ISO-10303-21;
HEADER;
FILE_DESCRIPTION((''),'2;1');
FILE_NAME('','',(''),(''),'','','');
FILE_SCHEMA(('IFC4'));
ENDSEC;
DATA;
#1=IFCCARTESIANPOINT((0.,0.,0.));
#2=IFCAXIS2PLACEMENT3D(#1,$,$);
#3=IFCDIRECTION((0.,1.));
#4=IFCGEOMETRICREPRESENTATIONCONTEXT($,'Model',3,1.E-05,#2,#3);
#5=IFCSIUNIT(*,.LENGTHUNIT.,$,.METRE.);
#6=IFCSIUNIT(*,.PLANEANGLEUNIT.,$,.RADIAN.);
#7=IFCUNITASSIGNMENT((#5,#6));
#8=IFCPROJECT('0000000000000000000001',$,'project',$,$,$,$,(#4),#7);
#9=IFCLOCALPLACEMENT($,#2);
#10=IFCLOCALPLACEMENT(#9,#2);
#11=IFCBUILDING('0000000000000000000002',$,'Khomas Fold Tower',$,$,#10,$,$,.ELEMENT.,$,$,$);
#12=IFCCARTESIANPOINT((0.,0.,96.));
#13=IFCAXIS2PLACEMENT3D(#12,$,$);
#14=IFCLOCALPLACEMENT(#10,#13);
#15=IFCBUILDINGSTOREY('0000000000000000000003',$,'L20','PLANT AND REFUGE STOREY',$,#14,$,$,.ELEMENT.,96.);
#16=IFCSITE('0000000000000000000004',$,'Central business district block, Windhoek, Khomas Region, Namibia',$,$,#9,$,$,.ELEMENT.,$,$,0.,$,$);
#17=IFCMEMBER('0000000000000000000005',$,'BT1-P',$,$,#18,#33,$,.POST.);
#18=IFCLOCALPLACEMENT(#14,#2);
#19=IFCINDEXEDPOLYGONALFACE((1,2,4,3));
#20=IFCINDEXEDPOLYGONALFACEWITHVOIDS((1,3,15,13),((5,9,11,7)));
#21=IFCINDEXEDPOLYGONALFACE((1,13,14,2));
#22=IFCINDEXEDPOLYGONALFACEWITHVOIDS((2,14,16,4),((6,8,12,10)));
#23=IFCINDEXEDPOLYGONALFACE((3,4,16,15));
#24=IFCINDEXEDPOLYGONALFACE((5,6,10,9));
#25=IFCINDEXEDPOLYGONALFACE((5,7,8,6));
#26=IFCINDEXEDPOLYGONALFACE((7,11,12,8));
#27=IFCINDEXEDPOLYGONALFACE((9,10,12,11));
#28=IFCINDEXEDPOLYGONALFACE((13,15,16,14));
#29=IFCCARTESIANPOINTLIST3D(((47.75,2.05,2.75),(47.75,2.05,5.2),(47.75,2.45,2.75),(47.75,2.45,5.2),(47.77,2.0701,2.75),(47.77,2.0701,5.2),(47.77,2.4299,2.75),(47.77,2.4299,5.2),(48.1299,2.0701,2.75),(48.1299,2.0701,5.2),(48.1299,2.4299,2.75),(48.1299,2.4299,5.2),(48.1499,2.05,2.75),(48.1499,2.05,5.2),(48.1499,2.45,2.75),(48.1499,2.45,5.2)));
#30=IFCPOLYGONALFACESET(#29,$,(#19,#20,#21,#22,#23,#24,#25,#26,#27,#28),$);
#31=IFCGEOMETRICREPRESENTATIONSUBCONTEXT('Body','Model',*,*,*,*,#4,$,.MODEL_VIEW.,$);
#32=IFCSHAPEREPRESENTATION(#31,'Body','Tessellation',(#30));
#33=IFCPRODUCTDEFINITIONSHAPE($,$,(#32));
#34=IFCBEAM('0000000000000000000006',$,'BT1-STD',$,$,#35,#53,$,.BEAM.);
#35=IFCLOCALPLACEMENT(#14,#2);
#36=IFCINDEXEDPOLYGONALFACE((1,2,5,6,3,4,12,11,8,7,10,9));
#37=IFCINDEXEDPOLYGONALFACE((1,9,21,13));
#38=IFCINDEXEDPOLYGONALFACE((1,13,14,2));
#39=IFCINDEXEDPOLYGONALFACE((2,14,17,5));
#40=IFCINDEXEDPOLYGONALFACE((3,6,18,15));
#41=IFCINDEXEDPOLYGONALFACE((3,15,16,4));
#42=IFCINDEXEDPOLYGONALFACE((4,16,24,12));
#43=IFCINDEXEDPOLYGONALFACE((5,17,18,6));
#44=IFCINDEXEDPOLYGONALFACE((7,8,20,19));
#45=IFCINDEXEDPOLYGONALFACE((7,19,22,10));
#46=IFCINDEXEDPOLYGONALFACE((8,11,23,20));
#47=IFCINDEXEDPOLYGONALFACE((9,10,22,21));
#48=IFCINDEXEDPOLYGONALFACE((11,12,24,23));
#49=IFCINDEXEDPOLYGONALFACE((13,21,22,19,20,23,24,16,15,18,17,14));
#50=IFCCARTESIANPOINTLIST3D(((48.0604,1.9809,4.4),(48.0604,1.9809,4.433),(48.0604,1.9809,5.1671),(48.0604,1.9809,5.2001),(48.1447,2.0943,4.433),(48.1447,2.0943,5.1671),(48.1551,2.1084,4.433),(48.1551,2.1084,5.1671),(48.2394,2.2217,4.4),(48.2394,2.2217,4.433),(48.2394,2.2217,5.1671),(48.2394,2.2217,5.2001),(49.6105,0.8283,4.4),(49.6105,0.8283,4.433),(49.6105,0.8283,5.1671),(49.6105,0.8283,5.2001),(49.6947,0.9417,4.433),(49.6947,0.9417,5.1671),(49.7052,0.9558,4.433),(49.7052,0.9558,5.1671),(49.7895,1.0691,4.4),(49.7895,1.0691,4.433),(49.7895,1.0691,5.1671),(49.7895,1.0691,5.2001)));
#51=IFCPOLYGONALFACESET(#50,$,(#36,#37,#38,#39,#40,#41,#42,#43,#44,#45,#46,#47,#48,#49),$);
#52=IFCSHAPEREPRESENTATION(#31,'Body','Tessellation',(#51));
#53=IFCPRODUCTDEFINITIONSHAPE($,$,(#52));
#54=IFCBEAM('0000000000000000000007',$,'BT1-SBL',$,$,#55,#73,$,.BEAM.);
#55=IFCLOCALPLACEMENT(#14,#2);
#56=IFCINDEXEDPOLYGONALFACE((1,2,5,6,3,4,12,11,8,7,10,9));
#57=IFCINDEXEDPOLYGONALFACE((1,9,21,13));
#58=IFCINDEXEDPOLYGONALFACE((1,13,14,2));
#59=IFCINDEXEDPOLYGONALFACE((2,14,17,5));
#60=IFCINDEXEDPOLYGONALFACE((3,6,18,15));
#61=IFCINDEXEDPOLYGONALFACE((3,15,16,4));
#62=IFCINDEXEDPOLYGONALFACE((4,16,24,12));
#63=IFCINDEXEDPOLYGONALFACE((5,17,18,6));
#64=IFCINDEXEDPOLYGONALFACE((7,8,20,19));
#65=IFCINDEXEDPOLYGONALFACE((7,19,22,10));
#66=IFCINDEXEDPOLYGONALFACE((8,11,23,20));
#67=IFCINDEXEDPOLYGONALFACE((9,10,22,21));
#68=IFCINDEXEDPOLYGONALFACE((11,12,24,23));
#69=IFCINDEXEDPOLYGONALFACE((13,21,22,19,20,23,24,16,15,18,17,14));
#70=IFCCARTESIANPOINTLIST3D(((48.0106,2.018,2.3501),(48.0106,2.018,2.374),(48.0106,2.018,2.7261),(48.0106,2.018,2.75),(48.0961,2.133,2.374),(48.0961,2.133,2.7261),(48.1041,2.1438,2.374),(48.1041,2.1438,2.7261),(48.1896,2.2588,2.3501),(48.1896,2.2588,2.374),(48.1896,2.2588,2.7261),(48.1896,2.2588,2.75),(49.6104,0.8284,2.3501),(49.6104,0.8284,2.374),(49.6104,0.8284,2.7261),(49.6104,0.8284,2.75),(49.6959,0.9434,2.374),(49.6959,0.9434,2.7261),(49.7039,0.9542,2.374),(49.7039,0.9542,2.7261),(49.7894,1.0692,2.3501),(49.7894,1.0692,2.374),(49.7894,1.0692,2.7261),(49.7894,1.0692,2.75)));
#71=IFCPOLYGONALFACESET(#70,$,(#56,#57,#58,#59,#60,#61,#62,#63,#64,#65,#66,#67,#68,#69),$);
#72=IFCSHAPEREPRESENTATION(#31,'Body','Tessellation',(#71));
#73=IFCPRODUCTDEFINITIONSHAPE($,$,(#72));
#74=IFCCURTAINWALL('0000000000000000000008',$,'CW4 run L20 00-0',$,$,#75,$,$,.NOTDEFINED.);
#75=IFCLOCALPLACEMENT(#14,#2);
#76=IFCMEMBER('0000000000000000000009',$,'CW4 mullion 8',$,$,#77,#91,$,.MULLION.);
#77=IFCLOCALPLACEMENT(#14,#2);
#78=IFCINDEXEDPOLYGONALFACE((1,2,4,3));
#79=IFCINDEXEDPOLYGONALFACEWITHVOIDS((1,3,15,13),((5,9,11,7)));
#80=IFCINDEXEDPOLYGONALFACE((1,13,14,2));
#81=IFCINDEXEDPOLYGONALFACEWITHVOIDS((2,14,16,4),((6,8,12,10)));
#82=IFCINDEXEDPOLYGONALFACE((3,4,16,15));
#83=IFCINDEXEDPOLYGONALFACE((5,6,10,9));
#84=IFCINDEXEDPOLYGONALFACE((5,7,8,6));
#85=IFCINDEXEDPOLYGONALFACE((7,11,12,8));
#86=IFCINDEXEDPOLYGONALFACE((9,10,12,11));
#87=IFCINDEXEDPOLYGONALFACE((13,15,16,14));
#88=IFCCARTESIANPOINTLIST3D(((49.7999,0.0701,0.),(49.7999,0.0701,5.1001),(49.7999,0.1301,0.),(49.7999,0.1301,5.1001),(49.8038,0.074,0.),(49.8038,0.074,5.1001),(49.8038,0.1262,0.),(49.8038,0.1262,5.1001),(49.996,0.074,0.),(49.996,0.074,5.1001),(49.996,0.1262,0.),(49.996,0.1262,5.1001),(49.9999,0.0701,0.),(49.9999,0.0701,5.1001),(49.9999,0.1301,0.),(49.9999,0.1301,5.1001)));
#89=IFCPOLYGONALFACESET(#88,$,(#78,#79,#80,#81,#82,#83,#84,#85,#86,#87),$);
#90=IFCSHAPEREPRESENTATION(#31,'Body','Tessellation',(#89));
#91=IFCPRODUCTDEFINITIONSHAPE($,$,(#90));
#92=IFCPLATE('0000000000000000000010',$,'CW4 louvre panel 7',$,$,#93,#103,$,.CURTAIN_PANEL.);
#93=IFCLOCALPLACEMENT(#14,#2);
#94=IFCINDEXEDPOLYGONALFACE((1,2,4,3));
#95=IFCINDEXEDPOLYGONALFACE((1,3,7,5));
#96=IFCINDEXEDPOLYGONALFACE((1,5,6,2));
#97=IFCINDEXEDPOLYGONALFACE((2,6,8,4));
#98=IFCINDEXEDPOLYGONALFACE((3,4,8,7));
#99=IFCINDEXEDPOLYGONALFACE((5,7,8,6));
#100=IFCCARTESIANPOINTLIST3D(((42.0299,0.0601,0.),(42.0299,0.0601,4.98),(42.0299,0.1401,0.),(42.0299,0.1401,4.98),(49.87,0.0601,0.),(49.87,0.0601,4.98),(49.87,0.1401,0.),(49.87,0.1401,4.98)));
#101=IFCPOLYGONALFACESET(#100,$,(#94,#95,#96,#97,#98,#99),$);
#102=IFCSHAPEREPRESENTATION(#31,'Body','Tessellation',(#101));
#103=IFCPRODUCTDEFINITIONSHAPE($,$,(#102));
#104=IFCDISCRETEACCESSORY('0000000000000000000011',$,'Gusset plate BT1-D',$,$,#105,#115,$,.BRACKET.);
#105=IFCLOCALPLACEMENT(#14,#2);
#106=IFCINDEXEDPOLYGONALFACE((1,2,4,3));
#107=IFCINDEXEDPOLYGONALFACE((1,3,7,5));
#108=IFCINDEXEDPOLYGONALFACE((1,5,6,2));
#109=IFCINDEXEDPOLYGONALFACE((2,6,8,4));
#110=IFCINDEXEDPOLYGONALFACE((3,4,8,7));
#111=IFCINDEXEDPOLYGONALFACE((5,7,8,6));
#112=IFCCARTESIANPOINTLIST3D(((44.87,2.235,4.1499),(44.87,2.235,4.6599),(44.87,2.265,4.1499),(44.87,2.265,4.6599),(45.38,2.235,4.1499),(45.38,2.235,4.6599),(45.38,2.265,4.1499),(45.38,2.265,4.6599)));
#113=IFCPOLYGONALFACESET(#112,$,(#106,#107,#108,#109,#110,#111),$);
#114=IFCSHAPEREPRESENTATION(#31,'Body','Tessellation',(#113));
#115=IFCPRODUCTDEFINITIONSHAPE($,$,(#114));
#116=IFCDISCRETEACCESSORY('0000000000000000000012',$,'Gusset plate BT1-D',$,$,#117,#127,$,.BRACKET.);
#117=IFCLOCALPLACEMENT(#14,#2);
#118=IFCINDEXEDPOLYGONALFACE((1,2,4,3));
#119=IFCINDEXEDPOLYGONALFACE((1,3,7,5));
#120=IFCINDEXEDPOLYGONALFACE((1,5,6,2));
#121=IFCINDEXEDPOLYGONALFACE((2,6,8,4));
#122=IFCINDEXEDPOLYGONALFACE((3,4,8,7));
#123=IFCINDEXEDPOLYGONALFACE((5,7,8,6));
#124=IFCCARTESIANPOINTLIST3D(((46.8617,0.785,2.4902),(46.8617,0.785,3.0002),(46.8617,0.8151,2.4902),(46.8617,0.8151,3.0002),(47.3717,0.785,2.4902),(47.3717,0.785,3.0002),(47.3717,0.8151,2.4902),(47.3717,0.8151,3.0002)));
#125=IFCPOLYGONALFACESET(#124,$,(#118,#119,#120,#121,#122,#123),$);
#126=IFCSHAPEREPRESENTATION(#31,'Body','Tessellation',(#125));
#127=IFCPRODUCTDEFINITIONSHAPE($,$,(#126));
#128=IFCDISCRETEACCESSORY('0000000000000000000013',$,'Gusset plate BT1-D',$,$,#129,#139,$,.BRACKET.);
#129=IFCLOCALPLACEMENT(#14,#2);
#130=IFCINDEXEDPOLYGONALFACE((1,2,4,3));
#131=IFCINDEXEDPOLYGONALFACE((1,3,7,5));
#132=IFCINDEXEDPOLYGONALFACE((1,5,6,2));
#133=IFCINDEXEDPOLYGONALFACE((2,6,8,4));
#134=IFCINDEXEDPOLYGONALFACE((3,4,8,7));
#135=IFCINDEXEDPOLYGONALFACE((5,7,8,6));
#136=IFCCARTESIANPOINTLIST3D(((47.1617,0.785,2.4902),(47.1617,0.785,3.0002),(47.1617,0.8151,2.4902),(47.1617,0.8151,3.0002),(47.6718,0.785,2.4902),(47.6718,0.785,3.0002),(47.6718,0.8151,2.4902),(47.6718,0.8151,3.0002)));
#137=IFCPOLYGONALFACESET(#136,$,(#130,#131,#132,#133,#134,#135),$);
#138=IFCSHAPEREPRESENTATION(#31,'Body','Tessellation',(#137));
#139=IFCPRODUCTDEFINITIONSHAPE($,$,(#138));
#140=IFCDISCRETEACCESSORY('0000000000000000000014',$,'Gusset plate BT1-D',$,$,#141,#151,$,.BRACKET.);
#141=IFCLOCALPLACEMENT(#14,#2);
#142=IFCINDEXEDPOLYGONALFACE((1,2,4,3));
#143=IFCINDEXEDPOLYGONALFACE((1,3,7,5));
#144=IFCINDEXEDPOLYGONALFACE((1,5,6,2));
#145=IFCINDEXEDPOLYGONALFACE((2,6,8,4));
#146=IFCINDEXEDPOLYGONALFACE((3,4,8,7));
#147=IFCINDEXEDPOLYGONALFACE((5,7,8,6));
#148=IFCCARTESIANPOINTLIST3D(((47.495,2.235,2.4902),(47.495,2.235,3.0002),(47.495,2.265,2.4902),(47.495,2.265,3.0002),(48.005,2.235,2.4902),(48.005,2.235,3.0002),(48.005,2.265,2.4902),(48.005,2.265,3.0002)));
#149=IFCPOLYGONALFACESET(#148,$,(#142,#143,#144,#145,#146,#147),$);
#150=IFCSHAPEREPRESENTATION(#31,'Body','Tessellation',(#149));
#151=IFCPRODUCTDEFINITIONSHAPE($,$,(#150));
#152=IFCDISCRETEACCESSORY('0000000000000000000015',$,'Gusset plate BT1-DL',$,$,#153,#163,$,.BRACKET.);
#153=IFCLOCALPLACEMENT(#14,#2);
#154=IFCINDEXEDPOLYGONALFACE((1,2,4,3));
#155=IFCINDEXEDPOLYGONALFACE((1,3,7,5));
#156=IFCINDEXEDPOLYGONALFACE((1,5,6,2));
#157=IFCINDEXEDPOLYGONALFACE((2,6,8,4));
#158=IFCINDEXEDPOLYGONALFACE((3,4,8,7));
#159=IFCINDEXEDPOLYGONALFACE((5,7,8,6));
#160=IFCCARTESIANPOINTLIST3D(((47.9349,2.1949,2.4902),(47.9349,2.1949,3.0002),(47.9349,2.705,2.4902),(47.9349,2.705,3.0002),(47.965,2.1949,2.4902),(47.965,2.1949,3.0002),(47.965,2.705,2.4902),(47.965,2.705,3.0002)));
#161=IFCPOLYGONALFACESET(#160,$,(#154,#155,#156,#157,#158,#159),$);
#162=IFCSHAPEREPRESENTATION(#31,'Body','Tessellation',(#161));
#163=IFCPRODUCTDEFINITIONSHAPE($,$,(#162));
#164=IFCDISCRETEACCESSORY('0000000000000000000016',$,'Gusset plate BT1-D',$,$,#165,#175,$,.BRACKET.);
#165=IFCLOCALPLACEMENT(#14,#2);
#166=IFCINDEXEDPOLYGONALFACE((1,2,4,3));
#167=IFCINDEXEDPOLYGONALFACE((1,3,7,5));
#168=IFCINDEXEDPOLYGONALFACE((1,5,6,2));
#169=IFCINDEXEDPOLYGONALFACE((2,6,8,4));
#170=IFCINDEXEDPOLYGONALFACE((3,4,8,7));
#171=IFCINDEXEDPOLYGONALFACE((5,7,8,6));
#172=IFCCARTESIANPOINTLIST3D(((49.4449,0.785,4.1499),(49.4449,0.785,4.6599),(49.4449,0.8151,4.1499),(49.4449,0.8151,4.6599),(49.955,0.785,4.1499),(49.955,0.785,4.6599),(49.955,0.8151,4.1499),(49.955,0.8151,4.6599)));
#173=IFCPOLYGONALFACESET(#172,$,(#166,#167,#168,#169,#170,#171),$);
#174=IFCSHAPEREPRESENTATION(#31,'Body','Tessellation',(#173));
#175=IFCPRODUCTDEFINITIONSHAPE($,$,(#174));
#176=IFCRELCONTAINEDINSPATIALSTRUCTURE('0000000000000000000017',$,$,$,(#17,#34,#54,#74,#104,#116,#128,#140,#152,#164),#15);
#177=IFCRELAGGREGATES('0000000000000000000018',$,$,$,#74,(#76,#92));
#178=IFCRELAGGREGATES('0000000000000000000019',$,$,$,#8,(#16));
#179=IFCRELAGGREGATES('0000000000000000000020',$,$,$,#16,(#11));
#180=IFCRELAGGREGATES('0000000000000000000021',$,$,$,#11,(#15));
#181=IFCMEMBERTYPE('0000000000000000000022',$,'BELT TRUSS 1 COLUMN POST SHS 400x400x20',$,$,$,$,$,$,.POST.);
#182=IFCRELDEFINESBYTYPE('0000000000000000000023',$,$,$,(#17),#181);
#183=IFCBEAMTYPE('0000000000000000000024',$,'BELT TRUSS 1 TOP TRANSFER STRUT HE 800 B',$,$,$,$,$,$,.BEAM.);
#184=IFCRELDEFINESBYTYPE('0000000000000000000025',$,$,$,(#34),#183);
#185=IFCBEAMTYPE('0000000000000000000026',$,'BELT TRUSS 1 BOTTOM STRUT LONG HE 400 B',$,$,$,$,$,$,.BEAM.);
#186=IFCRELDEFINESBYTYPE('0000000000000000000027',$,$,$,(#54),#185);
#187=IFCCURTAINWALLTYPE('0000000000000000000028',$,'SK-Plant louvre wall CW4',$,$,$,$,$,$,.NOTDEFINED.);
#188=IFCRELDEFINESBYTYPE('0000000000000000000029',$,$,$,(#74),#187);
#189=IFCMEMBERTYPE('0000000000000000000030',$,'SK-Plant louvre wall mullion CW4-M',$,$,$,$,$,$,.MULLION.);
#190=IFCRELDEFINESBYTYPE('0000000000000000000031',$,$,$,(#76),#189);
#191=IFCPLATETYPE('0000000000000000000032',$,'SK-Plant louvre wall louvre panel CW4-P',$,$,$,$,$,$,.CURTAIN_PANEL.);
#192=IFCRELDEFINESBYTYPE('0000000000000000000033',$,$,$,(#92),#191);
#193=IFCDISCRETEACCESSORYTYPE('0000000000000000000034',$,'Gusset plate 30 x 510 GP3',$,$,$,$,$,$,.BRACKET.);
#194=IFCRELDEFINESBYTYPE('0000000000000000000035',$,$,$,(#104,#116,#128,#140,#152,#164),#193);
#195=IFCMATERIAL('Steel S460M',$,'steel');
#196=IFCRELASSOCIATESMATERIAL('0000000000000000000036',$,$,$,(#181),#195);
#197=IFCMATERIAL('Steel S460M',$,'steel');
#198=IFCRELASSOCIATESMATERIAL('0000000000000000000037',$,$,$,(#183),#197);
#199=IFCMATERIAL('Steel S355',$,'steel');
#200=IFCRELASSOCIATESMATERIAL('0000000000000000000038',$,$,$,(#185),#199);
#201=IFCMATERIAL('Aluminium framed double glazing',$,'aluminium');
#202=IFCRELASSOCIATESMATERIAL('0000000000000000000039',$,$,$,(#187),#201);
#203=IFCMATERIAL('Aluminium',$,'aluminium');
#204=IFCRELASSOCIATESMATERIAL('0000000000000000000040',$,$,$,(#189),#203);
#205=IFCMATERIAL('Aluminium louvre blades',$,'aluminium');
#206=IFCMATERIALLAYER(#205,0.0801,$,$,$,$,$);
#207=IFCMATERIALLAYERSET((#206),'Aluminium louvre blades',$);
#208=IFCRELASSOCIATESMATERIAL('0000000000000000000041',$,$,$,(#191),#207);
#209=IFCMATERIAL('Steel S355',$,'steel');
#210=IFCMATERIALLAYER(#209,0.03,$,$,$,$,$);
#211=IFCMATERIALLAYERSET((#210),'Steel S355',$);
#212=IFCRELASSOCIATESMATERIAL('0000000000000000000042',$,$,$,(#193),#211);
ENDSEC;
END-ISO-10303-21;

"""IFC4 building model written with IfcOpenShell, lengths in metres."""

from ifc_helpers import new_model, si_unit, direction, frame, origin, origin_2d, place, context, subcontext, project, spatial, rectangle, hollow_rectangle, i_section, extrude, source, transform, mapped, material, layer, layer_set, material_profile, profile_set, type_object, element, aggregate, save


model = new_model("IFC4")

# Units and contexts
model_context = context("Model", 3, precision=1e-05, world=origin(), true_north=direction((0.0, 1.0)))
body_context = subcontext(model_context, "Body", "Model", "MODEL_VIEW")
ifc_project = project(units=[si_unit("LENGTHUNIT", "METRE"), si_unit("PLANEANGLEUNIT", "RADIAN")], contexts=[model_context])

# Site, building, storey
site_placement = place(None, origin())
site = spatial("IfcSite", under=ifc_project, at=site_placement, Name="Central business district block, Windhoek, Khomas Region, Namibia", CompositionType="ELEMENT", RefElevation=0.0)
building_placement = place(site_placement, origin())
building = spatial("IfcBuilding", under=site, at=building_placement, Name="Khomas Fold Tower", CompositionType="ELEMENT")
storey_placement = place(building_placement, frame((0.0, 0.0, 96.0)))
storey = spatial("IfcBuildingStorey", under=building, at=storey_placement, Name="L20", Description="PLANT AND REFUGE STOREY", CompositionType="ELEMENT", Elevation=96.0)

# Member
ifc_material_1 = material(Name="Steel S460M", Category="steel")
ifc_material_profile_1 = material_profile(ifc_material_1, hollow_rectangle(XDim=0.3999, YDim=0.3999, WallThickness=0.02, at=origin_2d()), Name="SHS 400x400x20")
ifc_profile_set_1 = profile_set([ifc_material_profile_1], Name="Steel S460M")
member_type_1 = type_object("IfcMemberType", Name="BELT TRUSS 1 COLUMN POST SHS 400x400x20", PredefinedType="POST", material=ifc_profile_set_1)
shared_shape_1 = source(origin(), body_context, "Body", "SweptSolid", [
    extrude(hollow_rectangle(XDim=0.3999, YDim=0.3999, WallThickness=0.02, at=origin_2d()), origin(), (0.0, 0.0, 1.0), 2.45),
])
member_1_placement = place(storey_placement, frame((47.95, 2.25, 2.75), z_axis=(0.0, 0.0, 1.0), x_axis=(1.0, 0.0, 0.0)))
element("IfcMember", 1, at=member_1_placement, inside=storey, type_object=member_type_1, Name="BT1-P", PredefinedType="POST", context=body_context, shape_type="MappedRepresentation", body=[
    mapped(shared_shape_1, transform((0.0, 0.0, 0.0))),
])

# Beams
ifc_material_2 = material(Name="Steel S460M", Category="steel")
ifc_material_profile_2 = material_profile(ifc_material_2, i_section(OverallWidth=0.3, OverallDepth=0.8, WebThickness=0.0176, FlangeThickness=0.033, at=origin_2d()), Name="HE 800 B")
ifc_profile_set_2 = profile_set([ifc_material_profile_2], Name="Steel S460M")
beam_type_1 = type_object("IfcBeamType", Name="BELT TRUSS 1 TOP TRANSFER STRUT HE 800 B", PredefinedType="BEAM", material=ifc_profile_set_2)
shared_shape_2 = source(origin(), body_context, "Body", "SweptSolid", [
    extrude(i_section(OverallWidth=0.3, OverallDepth=0.8, WebThickness=0.0176, FlangeThickness=0.033, at=origin_2d()), origin(), (0.0, 0.0, 1.0), 1.9316),
])
beam_1_placement = place(storey_placement, frame((48.1499, 2.1013, 4.8), z_axis=(0.802465, -0.596699, 0.0), x_axis=(0.596699, 0.802465, 0.0)))
element("IfcBeam", 2, at=beam_1_placement, inside=storey, type_object=beam_type_1, Name="BT1-STD", PredefinedType="BEAM", context=body_context, shape_type="MappedRepresentation", body=[
    mapped(shared_shape_2, transform((0.0, 0.0, 0.0))),
])
ifc_material_3 = material(Name="Steel S355", Category="steel")
ifc_material_profile_3 = material_profile(ifc_material_3, i_section(OverallWidth=0.3, OverallDepth=0.3999, WebThickness=0.0134, FlangeThickness=0.0239, at=origin_2d()), Name="HE 400 B")
ifc_profile_set_3 = profile_set([ifc_material_profile_3], Name="Steel S355")
beam_type_2 = type_object("IfcBeamType", Name="BELT TRUSS 1 BOTTOM STRUT LONG HE 400 B", PredefinedType="BEAM", material=ifc_profile_set_3)
shared_shape_3 = source(origin(), body_context, "Body", "SweptSolid", [
    extrude(i_section(OverallWidth=0.3, OverallDepth=0.3999, WebThickness=0.0134, FlangeThickness=0.0239, at=origin_2d()), origin(), (0.0, 0.0, 1.0), 1.9937),
])
beam_2_placement = place(storey_placement, frame((48.1001, 2.1384, 2.55), z_axis=(0.802447, -0.596723, 0.0), x_axis=(0.596723, 0.802447, 0.0)))
element("IfcBeam", 3, at=beam_2_placement, inside=storey, type_object=beam_type_2, Name="BT1-SBL", PredefinedType="BEAM", context=body_context, shape_type="MappedRepresentation", body=[
    mapped(shared_shape_3, transform((0.0, 0.0, 0.0))),
])

# Curtain wall, member, plate
ifc_material_4 = material(Name="Aluminium framed double glazing", Category="aluminium")
curtain_wall_type = type_object("IfcCurtainWallType", Name="SK-Plant louvre wall CW4", PredefinedType="NOTDEFINED", material=ifc_material_4)
curtain_wall_placement = place(storey_placement, origin())
curtain_wall = element("IfcCurtainWall", 4, at=curtain_wall_placement, inside=storey, type_object=curtain_wall_type, Name="CW4 run L20 00-0", PredefinedType="NOTDEFINED")
ifc_material_5 = material(Name="Aluminium", Category="aluminium")
ifc_material_profile_4 = material_profile(ifc_material_5, hollow_rectangle(XDim=0.0601, YDim=0.2, WallThickness=0.0039, at=origin_2d()), Name="SK-Plant louvre wall mullion CW4-M")
ifc_profile_set_4 = profile_set([ifc_material_profile_4], Name="Aluminium")
member_type_2 = type_object("IfcMemberType", Name="SK-Plant louvre wall mullion CW4-M", PredefinedType="MULLION", material=ifc_profile_set_4)
shared_shape_4 = source(origin(), body_context, "Body", "SweptSolid", [
    extrude(hollow_rectangle(XDim=0.0601, YDim=0.2, WallThickness=0.0039, at=origin_2d()), origin(), (0.0, 0.0, 1.0), 5.1001),
])
member_2_placement = place(storey_placement, frame((49.8999, 0.1001, 0.0), z_axis=(0.0, 0.0, 1.0), x_axis=(0.0, 1.0, 0.0)))
member_2 = element("IfcMember", 5, at=member_2_placement, type_object=member_type_2, Name="CW4 mullion 8", PredefinedType="MULLION", context=body_context, shape_type="MappedRepresentation", body=[
    mapped(shared_shape_4, transform((0.0, 0.0, 0.0))),
])
ifc_material_6 = material(Name="Aluminium louvre blades", Category="aluminium")
ifc_layer_1 = layer(ifc_material_6, 0.0801)
ifc_layer_set_1 = layer_set([ifc_layer_1], Name="Aluminium louvre blades")
plate_type = type_object("IfcPlateType", Name="SK-Plant louvre wall louvre panel CW4-P", PredefinedType="CURTAIN_PANEL", material=ifc_layer_set_1)
shared_shape_5 = source(origin(), body_context, "Body", "SweptSolid", [
    extrude(rectangle(XDim=7.8401, YDim=0.0801, at=origin_2d()), origin(), (0.0, 0.0, 1.0), 4.98),
])
plate_placement = place(storey_placement, frame((45.95, 0.1001, 0.0), z_axis=(0.0, 0.0, 1.0), x_axis=(1.0, 0.0, 0.0)))
plate = element("IfcPlate", 6, at=plate_placement, type_object=plate_type, Name="CW4 louvre panel 7", PredefinedType="CURTAIN_PANEL", context=body_context, shape_type="MappedRepresentation", body=[
    mapped(shared_shape_5, transform((0.0, 0.0, 0.0))),
])
aggregate(curtain_wall, [member_2, plate])

# Discrete accessories
ifc_material_7 = material(Name="Steel S355", Category="steel")
ifc_layer_2 = layer(ifc_material_7, 0.03)
ifc_layer_set_2 = layer_set([ifc_layer_2], Name="Steel S355")
discrete_accessory_type = type_object("IfcDiscreteAccessoryType", Name="Gusset plate 30 x 510 GP3", PredefinedType="BRACKET", material=ifc_layer_set_2)
shared_shape_6 = source(origin(), body_context, "Body", "SweptSolid", [
    extrude(rectangle(XDim=0.51, YDim=0.03, at=origin_2d()), origin(), (0.0, 0.0, 1.0), 0.51),
])
for number, where, z_axis, x_axis, name in (
    (7, (45.125, 2.25, 4.1499), (0.0, 0.0, 1.0), (1.0, 0.0, 0.0), "Gusset plate BT1-D"),
    (8, (47.1167, 0.8, 2.4902), (0.0, 0.0, 1.0), (1.0, 0.0, 0.0), "Gusset plate BT1-D"),
    (9, (47.4167, 0.8, 2.4902), (0.0, 0.0, 1.0), (1.0, 0.0, 0.0), "Gusset plate BT1-D"),
    (10, (47.75, 2.25, 2.4902), (0.0, 0.0, 1.0), (1.0, 0.0, 0.0), "Gusset plate BT1-D"),
    (11, (47.95, 2.45, 2.4902), (0.0, 0.0, 1.0), (0.0, 1.0, 0.0), "Gusset plate BT1-DL"),
    (12, (49.7, 0.8, 4.1499), (0.0, 0.0, 1.0), (1.0, 0.0, 0.0), "Gusset plate BT1-D"),
):
    element("IfcDiscreteAccessory", number, at=place(storey_placement, frame(where, z_axis=z_axis, x_axis=x_axis)), inside=storey, type_object=discrete_accessory_type, Name=name, PredefinedType="BRACKET", context=body_context, shape_type="MappedRepresentation", body=[
        mapped(shared_shape_6, transform((0.0, 0.0, 0.0))),
    ])

save(model, "model.ifc")
